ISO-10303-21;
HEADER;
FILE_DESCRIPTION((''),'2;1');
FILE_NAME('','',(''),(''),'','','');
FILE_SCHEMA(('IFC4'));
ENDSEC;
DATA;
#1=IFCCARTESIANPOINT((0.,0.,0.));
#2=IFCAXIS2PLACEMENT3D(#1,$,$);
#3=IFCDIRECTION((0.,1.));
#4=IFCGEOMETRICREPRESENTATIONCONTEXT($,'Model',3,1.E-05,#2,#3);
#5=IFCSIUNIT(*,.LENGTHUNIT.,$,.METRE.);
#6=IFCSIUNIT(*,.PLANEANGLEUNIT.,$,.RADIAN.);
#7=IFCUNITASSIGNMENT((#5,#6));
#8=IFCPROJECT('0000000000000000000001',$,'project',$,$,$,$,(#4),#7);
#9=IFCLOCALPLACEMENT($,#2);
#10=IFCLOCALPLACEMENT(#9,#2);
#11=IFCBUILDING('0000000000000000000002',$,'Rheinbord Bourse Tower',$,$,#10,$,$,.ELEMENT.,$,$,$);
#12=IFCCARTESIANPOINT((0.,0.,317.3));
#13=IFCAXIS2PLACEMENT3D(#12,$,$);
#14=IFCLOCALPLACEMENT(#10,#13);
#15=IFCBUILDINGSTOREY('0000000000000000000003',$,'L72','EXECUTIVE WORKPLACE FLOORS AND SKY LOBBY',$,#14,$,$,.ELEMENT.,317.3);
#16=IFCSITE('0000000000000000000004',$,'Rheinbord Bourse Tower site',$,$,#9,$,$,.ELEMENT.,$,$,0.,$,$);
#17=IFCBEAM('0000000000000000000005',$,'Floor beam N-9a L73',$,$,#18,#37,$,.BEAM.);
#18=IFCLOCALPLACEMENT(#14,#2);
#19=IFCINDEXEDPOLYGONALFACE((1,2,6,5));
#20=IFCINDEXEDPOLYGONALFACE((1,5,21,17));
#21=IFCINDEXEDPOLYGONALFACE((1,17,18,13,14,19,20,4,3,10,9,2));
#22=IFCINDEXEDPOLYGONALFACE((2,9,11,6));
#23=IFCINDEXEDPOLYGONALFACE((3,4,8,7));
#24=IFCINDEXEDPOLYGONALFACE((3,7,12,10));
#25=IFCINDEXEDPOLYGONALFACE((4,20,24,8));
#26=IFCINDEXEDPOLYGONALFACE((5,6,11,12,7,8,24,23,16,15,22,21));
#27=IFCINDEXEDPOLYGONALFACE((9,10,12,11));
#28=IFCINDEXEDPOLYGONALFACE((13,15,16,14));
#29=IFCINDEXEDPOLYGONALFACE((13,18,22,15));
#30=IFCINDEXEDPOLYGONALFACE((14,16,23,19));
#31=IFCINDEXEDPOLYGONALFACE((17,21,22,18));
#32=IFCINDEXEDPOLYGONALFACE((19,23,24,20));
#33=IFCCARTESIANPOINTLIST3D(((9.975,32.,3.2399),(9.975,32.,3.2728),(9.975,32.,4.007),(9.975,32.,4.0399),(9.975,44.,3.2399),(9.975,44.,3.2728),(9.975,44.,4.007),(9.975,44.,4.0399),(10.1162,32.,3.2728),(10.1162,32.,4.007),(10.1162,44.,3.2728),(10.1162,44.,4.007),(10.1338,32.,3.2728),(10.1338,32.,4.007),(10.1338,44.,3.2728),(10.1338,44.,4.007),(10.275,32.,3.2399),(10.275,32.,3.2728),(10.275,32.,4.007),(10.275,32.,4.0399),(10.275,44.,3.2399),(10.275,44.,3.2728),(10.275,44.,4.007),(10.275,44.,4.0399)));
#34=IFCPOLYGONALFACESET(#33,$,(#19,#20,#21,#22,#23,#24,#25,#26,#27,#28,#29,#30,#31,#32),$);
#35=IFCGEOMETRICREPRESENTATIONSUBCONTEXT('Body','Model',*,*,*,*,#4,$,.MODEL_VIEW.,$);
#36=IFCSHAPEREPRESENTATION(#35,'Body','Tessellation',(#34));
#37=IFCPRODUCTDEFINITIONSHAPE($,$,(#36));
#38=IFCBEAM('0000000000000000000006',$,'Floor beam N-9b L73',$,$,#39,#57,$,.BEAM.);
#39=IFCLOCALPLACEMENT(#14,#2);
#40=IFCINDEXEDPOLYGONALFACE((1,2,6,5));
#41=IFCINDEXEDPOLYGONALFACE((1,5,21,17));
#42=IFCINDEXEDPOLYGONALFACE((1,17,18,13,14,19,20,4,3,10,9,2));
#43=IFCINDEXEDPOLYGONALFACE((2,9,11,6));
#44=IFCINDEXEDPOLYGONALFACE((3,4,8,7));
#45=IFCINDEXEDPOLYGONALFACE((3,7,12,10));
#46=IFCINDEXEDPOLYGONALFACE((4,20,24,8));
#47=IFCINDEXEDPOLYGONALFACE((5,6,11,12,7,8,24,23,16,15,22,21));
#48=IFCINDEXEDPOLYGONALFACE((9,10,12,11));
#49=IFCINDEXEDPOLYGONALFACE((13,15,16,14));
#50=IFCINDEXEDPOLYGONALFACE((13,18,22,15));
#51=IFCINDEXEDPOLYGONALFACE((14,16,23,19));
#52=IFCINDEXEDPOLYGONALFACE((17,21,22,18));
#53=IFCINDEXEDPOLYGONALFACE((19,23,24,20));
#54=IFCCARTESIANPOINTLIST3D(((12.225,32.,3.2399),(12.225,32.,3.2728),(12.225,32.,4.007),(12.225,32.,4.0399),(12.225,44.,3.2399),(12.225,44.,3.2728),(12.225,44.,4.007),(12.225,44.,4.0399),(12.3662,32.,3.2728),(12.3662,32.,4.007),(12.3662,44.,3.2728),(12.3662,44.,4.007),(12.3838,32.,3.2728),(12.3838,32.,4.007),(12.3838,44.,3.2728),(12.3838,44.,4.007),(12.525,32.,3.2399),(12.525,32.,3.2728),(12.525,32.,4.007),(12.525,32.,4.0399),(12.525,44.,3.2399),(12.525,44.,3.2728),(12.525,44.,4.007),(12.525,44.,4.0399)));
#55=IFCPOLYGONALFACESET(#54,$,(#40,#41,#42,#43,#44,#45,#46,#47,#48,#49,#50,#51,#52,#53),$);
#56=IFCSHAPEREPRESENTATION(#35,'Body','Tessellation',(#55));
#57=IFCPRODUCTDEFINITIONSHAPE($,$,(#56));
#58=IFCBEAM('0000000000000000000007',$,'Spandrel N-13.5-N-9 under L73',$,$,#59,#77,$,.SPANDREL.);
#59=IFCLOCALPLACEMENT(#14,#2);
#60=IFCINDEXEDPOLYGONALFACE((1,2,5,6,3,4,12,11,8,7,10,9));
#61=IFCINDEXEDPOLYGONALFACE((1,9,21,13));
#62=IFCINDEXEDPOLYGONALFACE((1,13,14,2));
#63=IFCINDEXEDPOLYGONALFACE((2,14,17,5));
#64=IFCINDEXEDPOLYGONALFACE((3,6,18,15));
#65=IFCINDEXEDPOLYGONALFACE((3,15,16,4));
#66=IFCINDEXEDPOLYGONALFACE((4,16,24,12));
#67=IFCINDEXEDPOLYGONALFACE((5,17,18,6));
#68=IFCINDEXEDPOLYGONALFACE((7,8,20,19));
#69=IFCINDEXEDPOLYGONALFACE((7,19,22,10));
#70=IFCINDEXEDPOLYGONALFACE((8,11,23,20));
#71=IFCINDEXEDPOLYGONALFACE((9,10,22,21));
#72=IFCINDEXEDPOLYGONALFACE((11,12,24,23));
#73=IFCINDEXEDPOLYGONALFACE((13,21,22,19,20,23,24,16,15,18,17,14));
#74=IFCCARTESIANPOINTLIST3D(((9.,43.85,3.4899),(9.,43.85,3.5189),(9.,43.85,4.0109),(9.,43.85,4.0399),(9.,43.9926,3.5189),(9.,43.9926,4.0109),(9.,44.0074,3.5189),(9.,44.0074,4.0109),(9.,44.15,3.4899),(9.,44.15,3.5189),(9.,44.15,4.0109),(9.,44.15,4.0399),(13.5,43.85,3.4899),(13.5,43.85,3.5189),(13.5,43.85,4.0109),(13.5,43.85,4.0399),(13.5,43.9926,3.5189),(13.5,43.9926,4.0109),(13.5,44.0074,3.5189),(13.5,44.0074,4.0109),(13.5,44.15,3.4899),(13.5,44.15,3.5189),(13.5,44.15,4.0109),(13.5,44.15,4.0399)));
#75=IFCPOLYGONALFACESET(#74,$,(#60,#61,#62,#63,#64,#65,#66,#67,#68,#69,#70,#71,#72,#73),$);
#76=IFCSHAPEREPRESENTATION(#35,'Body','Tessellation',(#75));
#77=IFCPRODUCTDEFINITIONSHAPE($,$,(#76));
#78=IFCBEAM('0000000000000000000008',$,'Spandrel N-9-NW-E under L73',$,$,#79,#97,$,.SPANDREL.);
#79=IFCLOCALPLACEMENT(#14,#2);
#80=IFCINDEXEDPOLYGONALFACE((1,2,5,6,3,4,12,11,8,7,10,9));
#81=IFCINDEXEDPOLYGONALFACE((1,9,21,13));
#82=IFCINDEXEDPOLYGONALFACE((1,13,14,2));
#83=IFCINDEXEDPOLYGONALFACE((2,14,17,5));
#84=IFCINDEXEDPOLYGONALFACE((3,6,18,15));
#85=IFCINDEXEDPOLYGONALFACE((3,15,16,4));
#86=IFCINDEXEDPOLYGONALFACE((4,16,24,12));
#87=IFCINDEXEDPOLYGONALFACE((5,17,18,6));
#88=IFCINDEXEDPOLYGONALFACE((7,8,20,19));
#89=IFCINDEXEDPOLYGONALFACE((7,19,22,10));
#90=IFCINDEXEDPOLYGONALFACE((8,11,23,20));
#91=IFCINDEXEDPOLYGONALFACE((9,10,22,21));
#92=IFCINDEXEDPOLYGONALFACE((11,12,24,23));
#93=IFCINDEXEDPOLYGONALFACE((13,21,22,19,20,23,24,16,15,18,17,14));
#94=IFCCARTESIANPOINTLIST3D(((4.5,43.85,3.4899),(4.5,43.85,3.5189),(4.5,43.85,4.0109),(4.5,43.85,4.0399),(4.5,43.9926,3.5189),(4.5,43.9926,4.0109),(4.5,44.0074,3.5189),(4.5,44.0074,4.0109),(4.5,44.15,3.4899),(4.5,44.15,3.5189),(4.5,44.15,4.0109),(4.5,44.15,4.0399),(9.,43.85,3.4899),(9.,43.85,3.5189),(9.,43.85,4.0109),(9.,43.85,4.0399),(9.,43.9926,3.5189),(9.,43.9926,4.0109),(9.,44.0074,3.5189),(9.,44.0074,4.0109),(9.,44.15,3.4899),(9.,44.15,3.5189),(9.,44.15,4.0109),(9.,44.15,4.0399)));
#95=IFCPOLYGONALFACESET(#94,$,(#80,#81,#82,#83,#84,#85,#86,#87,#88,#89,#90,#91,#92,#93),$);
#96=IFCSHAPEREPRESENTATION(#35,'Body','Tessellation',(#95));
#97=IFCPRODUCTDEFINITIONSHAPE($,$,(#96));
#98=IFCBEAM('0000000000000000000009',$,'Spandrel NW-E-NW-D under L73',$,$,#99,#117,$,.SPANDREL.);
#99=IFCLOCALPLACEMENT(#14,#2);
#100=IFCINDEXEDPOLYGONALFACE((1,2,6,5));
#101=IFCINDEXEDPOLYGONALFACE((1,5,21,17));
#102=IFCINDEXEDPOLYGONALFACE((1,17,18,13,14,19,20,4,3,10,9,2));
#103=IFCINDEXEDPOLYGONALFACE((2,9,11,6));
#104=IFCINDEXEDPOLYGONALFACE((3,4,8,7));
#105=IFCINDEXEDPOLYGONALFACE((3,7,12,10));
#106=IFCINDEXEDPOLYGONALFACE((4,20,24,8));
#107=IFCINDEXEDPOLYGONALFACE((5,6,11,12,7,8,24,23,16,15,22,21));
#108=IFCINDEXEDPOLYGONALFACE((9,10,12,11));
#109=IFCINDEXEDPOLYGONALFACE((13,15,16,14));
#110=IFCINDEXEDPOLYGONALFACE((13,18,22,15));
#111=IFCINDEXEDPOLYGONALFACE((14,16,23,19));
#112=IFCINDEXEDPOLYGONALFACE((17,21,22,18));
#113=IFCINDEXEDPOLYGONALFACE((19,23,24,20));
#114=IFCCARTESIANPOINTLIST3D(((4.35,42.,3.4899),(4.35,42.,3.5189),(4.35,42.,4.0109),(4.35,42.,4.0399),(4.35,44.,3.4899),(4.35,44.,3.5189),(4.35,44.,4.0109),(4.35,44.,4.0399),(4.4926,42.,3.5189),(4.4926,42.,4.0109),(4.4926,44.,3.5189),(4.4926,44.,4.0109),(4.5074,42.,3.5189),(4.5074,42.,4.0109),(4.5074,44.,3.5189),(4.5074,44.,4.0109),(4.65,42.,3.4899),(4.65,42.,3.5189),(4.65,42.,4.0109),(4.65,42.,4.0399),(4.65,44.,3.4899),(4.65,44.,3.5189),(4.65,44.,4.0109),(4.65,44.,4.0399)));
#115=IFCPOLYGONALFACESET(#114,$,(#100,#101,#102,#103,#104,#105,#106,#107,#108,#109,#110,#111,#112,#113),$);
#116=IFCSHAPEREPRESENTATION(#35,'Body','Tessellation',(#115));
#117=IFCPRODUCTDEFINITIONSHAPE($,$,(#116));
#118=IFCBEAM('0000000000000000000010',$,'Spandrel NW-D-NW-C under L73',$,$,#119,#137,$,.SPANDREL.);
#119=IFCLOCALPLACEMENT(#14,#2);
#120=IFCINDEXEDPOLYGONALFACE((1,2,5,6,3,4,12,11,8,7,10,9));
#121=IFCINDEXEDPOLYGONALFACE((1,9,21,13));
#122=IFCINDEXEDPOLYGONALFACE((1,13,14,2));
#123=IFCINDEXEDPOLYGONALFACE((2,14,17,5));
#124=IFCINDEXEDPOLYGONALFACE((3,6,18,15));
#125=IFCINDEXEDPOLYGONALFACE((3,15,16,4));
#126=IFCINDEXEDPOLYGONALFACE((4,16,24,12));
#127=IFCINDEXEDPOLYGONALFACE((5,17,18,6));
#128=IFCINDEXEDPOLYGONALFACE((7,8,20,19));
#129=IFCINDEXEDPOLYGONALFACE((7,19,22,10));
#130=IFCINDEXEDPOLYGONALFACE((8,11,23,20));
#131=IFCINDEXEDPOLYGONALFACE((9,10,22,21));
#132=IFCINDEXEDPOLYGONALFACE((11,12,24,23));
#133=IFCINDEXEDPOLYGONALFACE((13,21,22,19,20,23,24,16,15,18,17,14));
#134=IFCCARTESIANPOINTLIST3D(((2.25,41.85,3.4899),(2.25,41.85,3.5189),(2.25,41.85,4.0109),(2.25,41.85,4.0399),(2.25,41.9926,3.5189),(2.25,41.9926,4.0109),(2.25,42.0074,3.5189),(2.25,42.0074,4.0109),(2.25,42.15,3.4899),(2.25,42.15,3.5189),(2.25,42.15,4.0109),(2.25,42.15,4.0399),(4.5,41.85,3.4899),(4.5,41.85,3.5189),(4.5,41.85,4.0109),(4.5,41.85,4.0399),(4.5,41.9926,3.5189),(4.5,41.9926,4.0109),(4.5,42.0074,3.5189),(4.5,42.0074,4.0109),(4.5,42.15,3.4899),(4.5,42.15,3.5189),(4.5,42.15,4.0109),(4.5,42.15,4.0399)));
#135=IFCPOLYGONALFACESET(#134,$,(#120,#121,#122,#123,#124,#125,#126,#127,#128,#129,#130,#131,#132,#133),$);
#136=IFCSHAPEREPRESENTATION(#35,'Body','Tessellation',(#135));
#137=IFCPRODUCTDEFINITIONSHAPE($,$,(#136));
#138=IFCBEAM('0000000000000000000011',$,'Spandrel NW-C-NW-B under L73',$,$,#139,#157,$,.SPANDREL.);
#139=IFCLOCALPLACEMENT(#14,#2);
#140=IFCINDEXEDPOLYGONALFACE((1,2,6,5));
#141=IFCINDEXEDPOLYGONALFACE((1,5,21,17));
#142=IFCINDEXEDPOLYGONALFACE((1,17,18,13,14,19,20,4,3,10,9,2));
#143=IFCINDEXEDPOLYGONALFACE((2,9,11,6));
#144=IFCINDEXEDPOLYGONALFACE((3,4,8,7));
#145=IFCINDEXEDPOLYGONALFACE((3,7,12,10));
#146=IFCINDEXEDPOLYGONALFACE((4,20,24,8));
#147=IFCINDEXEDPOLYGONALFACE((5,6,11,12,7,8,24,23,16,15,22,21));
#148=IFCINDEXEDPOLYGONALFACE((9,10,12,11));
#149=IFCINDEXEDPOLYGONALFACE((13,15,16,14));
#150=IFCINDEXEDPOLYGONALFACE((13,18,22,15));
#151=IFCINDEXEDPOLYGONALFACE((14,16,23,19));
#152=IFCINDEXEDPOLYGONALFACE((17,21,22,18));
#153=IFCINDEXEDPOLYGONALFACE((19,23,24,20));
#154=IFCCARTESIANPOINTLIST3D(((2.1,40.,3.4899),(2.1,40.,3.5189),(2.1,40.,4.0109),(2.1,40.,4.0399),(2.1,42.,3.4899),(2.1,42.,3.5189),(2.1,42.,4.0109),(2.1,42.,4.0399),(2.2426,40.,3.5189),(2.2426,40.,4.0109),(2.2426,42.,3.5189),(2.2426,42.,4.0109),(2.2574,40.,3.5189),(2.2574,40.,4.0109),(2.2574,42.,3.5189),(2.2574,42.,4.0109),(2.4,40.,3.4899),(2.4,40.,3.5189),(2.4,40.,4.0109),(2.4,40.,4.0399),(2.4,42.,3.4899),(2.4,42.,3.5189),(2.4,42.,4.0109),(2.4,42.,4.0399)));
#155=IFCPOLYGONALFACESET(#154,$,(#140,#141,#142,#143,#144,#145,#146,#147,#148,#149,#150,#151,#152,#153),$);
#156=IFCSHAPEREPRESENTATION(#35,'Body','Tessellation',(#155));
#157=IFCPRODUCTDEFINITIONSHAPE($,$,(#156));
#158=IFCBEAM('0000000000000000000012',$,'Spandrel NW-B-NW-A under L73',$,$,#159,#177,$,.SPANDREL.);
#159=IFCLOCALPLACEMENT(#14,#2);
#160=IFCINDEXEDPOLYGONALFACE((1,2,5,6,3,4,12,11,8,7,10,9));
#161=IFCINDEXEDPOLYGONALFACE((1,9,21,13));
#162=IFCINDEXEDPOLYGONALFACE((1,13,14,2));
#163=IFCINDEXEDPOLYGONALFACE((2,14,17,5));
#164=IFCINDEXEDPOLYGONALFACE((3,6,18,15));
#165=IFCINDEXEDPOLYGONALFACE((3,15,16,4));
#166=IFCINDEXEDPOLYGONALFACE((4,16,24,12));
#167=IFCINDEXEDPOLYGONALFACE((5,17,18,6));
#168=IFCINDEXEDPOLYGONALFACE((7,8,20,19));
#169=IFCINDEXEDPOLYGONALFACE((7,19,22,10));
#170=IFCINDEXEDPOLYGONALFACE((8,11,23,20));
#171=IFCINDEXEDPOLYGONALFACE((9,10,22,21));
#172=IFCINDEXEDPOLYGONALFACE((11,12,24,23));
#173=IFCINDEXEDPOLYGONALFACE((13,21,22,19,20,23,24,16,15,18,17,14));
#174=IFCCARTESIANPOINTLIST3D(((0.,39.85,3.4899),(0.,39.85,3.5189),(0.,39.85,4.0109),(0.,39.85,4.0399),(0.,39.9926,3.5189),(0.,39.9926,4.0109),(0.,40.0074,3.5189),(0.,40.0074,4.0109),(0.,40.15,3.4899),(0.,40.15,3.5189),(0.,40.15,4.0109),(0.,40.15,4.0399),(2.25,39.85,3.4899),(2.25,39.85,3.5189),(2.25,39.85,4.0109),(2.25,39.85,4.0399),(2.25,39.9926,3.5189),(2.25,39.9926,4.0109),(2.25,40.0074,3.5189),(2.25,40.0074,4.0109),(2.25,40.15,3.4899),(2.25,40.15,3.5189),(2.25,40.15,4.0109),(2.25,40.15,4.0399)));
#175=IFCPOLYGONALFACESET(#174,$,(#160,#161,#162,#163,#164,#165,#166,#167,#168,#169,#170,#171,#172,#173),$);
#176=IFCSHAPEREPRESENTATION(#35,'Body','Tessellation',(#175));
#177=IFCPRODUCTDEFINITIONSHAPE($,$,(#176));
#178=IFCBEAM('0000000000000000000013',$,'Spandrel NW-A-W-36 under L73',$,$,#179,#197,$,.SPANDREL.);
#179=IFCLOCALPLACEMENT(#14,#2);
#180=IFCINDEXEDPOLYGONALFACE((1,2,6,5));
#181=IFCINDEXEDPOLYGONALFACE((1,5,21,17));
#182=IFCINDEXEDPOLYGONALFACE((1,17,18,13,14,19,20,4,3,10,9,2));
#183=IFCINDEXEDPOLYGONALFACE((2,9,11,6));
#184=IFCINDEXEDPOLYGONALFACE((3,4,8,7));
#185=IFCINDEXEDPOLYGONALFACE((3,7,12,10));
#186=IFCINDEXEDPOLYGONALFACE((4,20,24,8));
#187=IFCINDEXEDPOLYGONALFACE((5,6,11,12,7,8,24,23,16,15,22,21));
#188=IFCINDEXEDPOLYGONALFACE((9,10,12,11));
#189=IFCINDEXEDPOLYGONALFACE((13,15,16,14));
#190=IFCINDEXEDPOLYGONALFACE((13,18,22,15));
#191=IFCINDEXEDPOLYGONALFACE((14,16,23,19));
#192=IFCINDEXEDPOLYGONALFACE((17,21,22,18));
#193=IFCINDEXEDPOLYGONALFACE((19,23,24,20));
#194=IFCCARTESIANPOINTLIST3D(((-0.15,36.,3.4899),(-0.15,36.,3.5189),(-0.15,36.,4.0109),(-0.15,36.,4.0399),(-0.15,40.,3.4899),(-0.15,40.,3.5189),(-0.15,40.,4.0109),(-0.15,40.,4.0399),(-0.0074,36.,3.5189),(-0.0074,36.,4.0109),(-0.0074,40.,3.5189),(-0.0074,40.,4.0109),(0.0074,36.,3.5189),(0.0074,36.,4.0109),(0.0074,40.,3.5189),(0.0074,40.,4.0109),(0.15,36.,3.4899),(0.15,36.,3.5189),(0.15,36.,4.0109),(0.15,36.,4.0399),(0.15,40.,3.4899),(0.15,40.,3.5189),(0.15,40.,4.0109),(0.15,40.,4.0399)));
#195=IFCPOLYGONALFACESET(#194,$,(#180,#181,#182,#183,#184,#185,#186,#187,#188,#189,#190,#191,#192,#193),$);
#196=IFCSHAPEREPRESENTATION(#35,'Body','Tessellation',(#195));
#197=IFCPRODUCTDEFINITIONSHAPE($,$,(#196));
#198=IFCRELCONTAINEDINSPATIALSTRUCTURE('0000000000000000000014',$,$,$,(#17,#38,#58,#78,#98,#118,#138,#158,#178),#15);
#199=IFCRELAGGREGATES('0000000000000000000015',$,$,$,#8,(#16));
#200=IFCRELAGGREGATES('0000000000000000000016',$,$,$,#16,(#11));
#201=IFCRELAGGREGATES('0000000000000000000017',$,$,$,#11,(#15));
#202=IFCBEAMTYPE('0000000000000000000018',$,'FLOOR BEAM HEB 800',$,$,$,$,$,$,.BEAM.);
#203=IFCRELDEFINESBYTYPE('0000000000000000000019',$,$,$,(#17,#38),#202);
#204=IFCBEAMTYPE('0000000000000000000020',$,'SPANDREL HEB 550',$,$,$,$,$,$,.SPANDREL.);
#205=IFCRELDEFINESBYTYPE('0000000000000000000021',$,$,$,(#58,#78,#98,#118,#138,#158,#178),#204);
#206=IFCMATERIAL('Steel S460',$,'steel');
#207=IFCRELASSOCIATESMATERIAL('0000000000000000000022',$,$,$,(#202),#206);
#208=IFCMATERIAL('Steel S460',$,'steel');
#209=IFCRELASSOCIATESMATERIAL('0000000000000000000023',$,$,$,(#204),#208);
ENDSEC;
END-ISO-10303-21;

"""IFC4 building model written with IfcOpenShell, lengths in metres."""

from ifc_helpers import new_model, si_unit, direction, frame, origin, origin_2d, place, context, subcontext, project, spatial, i_section, extrude, material, material_profile, profile_set, type_object, element, save


model = new_model("IFC4")

# Units and contexts
model_context = context("Model", 3, precision=1e-05, world=origin(), true_north=direction((0.0, 1.0)))
body_context = subcontext(model_context, "Body", "Model", "MODEL_VIEW")
ifc_project = project(units=[si_unit("LENGTHUNIT", "METRE"), si_unit("PLANEANGLEUNIT", "RADIAN")], contexts=[model_context])

# Site, building, storey
site_placement = place(None, origin())
site = spatial("IfcSite", under=ifc_project, at=site_placement, Name="Rheinbord Bourse Tower site", CompositionType="ELEMENT", RefElevation=0.0)
building_placement = place(site_placement, origin())
building = spatial("IfcBuilding", under=site, at=building_placement, Name="Rheinbord Bourse Tower", CompositionType="ELEMENT")
storey_placement = place(building_placement, frame((0.0, 0.0, 317.3)))
storey = spatial("IfcBuildingStorey", under=building, at=storey_placement, Name="L72", Description="EXECUTIVE WORKPLACE FLOORS AND SKY LOBBY", CompositionType="ELEMENT", Elevation=317.3)

# Beams
ifc_material_1 = material(Name="Steel S460", Category="steel")
ifc_material_profile_1 = material_profile(ifc_material_1, i_section(OverallWidth=0.3, OverallDepth=0.8, WebThickness=0.0176, FlangeThickness=0.033, at=origin_2d()), Name="HEB 800")
ifc_profile_set_1 = profile_set([ifc_material_profile_1], Name="Steel S460")
beam_type_1 = type_object("IfcBeamType", Name="FLOOR BEAM HEB 800", PredefinedType="BEAM", material=ifc_profile_set_1)
for number, where, z_axis, x_axis, name in (
    (1, (10.125, 44.0, 3.6399), (0.0, -1.0, 0.0), (1.0, 0.0, 0.0), "Floor beam N-9a L73"),
    (2, (12.375, 44.0, 3.6399), (0.0, -1.0, 0.0), (1.0, 0.0, 0.0), "Floor beam N-9b L73"),
):
    element("IfcBeam", number, at=place(storey_placement, frame(where, z_axis=z_axis, x_axis=x_axis)), inside=storey, type_object=beam_type_1, Name=name, PredefinedType="BEAM", context=body_context, shape_type="SweptSolid", body=[
        extrude(i_section(OverallWidth=0.3, OverallDepth=0.8, WebThickness=0.0176, FlangeThickness=0.033, at=origin_2d()), origin(), (0.0, 0.0, 1.0), 12.0),
    ])
ifc_material_2 = material(Name="Steel S460", Category="steel")
ifc_material_profile_2 = material_profile(ifc_material_2, i_section(OverallWidth=0.3, OverallDepth=0.55, WebThickness=0.0149, FlangeThickness=0.0291, at=origin_2d()), Name="HEB 550")
ifc_profile_set_2 = profile_set([ifc_material_profile_2], Name="Steel S460")
beam_type_2 = type_object("IfcBeamType", Name="SPANDREL HEB 550", PredefinedType="SPANDREL", material=ifc_profile_set_2)
for number, where, z_axis, x_axis, name in (
    (3, (13.5, 44.0, 3.7649), (-1.0, 0.0, 0.0), (0.0, -1.0, 0.0), "Spandrel N-13.5-N-9 under L73"),
    (4, (9.0, 44.0, 3.7649), (-1.0, 0.0, 0.0), (0.0, -1.0, 0.0), "Spandrel N-9-NW-E under L73"),
):
    element("IfcBeam", number, at=place(storey_placement, frame(where, z_axis=z_axis, x_axis=x_axis)), inside=storey, type_object=beam_type_2, Name=name, PredefinedType="SPANDREL", context=body_context, shape_type="SweptSolid", body=[
        extrude(i_section(OverallWidth=0.3, OverallDepth=0.55, WebThickness=0.0149, FlangeThickness=0.0291, at=origin_2d()), origin(), (0.0, 0.0, 1.0), 4.5),
    ])
beam_1_placement = place(storey_placement, frame((4.5, 44.0, 3.7649), z_axis=(0.0, -1.0, 0.0), x_axis=(1.0, 0.0, 0.0)))
element("IfcBeam", 5, at=beam_1_placement, inside=storey, type_object=beam_type_2, Name="Spandrel NW-E-NW-D under L73", PredefinedType="SPANDREL", context=body_context, shape_type="SweptSolid", body=[
    extrude(i_section(OverallWidth=0.3, OverallDepth=0.55, WebThickness=0.0149, FlangeThickness=0.0291, at=origin_2d()), origin(), (0.0, 0.0, 1.0), 2.0),
])
beam_2_placement = place(storey_placement, frame((4.5, 42.0, 3.7649), z_axis=(-1.0, 0.0, 0.0), x_axis=(0.0, -1.0, 0.0)))
element("IfcBeam", 6, at=beam_2_placement, inside=storey, type_object=beam_type_2, Name="Spandrel NW-D-NW-C under L73", PredefinedType="SPANDREL", context=body_context, shape_type="SweptSolid", body=[
    extrude(i_section(OverallWidth=0.3, OverallDepth=0.55, WebThickness=0.0149, FlangeThickness=0.0291, at=origin_2d()), origin(), (0.0, 0.0, 1.0), 2.25),
])
beam_3_placement = place(storey_placement, frame((2.25, 42.0, 3.7649), z_axis=(0.0, -1.0, 0.0), x_axis=(1.0, 0.0, 0.0)))
element("IfcBeam", 7, at=beam_3_placement, inside=storey, type_object=beam_type_2, Name="Spandrel NW-C-NW-B under L73", PredefinedType="SPANDREL", context=body_context, shape_type="SweptSolid", body=[
    extrude(i_section(OverallWidth=0.3, OverallDepth=0.55, WebThickness=0.0149, FlangeThickness=0.0291, at=origin_2d()), origin(), (0.0, 0.0, 1.0), 2.0),
])
beam_4_placement = place(storey_placement, frame((2.25, 40.0, 3.7649), z_axis=(-1.0, 0.0, 0.0), x_axis=(0.0, -1.0, 0.0)))
element("IfcBeam", 8, at=beam_4_placement, inside=storey, type_object=beam_type_2, Name="Spandrel NW-B-NW-A under L73", PredefinedType="SPANDREL", context=body_context, shape_type="SweptSolid", body=[
    extrude(i_section(OverallWidth=0.3, OverallDepth=0.55, WebThickness=0.0149, FlangeThickness=0.0291, at=origin_2d()), origin(), (0.0, 0.0, 1.0), 2.25),
])
beam_5_placement = place(storey_placement, frame((0.0, 40.0, 3.7649), z_axis=(0.0, -1.0, 0.0), x_axis=(1.0, 0.0, 0.0)))
element("IfcBeam", 9, at=beam_5_placement, inside=storey, type_object=beam_type_2, Name="Spandrel NW-A-W-36 under L73", PredefinedType="SPANDREL", context=body_context, shape_type="SweptSolid", body=[
    extrude(i_section(OverallWidth=0.3, OverallDepth=0.55, WebThickness=0.0149, FlangeThickness=0.0291, at=origin_2d()), origin(), (0.0, 0.0, 1.0), 4.0),
])

save(model, "model.ifc")
